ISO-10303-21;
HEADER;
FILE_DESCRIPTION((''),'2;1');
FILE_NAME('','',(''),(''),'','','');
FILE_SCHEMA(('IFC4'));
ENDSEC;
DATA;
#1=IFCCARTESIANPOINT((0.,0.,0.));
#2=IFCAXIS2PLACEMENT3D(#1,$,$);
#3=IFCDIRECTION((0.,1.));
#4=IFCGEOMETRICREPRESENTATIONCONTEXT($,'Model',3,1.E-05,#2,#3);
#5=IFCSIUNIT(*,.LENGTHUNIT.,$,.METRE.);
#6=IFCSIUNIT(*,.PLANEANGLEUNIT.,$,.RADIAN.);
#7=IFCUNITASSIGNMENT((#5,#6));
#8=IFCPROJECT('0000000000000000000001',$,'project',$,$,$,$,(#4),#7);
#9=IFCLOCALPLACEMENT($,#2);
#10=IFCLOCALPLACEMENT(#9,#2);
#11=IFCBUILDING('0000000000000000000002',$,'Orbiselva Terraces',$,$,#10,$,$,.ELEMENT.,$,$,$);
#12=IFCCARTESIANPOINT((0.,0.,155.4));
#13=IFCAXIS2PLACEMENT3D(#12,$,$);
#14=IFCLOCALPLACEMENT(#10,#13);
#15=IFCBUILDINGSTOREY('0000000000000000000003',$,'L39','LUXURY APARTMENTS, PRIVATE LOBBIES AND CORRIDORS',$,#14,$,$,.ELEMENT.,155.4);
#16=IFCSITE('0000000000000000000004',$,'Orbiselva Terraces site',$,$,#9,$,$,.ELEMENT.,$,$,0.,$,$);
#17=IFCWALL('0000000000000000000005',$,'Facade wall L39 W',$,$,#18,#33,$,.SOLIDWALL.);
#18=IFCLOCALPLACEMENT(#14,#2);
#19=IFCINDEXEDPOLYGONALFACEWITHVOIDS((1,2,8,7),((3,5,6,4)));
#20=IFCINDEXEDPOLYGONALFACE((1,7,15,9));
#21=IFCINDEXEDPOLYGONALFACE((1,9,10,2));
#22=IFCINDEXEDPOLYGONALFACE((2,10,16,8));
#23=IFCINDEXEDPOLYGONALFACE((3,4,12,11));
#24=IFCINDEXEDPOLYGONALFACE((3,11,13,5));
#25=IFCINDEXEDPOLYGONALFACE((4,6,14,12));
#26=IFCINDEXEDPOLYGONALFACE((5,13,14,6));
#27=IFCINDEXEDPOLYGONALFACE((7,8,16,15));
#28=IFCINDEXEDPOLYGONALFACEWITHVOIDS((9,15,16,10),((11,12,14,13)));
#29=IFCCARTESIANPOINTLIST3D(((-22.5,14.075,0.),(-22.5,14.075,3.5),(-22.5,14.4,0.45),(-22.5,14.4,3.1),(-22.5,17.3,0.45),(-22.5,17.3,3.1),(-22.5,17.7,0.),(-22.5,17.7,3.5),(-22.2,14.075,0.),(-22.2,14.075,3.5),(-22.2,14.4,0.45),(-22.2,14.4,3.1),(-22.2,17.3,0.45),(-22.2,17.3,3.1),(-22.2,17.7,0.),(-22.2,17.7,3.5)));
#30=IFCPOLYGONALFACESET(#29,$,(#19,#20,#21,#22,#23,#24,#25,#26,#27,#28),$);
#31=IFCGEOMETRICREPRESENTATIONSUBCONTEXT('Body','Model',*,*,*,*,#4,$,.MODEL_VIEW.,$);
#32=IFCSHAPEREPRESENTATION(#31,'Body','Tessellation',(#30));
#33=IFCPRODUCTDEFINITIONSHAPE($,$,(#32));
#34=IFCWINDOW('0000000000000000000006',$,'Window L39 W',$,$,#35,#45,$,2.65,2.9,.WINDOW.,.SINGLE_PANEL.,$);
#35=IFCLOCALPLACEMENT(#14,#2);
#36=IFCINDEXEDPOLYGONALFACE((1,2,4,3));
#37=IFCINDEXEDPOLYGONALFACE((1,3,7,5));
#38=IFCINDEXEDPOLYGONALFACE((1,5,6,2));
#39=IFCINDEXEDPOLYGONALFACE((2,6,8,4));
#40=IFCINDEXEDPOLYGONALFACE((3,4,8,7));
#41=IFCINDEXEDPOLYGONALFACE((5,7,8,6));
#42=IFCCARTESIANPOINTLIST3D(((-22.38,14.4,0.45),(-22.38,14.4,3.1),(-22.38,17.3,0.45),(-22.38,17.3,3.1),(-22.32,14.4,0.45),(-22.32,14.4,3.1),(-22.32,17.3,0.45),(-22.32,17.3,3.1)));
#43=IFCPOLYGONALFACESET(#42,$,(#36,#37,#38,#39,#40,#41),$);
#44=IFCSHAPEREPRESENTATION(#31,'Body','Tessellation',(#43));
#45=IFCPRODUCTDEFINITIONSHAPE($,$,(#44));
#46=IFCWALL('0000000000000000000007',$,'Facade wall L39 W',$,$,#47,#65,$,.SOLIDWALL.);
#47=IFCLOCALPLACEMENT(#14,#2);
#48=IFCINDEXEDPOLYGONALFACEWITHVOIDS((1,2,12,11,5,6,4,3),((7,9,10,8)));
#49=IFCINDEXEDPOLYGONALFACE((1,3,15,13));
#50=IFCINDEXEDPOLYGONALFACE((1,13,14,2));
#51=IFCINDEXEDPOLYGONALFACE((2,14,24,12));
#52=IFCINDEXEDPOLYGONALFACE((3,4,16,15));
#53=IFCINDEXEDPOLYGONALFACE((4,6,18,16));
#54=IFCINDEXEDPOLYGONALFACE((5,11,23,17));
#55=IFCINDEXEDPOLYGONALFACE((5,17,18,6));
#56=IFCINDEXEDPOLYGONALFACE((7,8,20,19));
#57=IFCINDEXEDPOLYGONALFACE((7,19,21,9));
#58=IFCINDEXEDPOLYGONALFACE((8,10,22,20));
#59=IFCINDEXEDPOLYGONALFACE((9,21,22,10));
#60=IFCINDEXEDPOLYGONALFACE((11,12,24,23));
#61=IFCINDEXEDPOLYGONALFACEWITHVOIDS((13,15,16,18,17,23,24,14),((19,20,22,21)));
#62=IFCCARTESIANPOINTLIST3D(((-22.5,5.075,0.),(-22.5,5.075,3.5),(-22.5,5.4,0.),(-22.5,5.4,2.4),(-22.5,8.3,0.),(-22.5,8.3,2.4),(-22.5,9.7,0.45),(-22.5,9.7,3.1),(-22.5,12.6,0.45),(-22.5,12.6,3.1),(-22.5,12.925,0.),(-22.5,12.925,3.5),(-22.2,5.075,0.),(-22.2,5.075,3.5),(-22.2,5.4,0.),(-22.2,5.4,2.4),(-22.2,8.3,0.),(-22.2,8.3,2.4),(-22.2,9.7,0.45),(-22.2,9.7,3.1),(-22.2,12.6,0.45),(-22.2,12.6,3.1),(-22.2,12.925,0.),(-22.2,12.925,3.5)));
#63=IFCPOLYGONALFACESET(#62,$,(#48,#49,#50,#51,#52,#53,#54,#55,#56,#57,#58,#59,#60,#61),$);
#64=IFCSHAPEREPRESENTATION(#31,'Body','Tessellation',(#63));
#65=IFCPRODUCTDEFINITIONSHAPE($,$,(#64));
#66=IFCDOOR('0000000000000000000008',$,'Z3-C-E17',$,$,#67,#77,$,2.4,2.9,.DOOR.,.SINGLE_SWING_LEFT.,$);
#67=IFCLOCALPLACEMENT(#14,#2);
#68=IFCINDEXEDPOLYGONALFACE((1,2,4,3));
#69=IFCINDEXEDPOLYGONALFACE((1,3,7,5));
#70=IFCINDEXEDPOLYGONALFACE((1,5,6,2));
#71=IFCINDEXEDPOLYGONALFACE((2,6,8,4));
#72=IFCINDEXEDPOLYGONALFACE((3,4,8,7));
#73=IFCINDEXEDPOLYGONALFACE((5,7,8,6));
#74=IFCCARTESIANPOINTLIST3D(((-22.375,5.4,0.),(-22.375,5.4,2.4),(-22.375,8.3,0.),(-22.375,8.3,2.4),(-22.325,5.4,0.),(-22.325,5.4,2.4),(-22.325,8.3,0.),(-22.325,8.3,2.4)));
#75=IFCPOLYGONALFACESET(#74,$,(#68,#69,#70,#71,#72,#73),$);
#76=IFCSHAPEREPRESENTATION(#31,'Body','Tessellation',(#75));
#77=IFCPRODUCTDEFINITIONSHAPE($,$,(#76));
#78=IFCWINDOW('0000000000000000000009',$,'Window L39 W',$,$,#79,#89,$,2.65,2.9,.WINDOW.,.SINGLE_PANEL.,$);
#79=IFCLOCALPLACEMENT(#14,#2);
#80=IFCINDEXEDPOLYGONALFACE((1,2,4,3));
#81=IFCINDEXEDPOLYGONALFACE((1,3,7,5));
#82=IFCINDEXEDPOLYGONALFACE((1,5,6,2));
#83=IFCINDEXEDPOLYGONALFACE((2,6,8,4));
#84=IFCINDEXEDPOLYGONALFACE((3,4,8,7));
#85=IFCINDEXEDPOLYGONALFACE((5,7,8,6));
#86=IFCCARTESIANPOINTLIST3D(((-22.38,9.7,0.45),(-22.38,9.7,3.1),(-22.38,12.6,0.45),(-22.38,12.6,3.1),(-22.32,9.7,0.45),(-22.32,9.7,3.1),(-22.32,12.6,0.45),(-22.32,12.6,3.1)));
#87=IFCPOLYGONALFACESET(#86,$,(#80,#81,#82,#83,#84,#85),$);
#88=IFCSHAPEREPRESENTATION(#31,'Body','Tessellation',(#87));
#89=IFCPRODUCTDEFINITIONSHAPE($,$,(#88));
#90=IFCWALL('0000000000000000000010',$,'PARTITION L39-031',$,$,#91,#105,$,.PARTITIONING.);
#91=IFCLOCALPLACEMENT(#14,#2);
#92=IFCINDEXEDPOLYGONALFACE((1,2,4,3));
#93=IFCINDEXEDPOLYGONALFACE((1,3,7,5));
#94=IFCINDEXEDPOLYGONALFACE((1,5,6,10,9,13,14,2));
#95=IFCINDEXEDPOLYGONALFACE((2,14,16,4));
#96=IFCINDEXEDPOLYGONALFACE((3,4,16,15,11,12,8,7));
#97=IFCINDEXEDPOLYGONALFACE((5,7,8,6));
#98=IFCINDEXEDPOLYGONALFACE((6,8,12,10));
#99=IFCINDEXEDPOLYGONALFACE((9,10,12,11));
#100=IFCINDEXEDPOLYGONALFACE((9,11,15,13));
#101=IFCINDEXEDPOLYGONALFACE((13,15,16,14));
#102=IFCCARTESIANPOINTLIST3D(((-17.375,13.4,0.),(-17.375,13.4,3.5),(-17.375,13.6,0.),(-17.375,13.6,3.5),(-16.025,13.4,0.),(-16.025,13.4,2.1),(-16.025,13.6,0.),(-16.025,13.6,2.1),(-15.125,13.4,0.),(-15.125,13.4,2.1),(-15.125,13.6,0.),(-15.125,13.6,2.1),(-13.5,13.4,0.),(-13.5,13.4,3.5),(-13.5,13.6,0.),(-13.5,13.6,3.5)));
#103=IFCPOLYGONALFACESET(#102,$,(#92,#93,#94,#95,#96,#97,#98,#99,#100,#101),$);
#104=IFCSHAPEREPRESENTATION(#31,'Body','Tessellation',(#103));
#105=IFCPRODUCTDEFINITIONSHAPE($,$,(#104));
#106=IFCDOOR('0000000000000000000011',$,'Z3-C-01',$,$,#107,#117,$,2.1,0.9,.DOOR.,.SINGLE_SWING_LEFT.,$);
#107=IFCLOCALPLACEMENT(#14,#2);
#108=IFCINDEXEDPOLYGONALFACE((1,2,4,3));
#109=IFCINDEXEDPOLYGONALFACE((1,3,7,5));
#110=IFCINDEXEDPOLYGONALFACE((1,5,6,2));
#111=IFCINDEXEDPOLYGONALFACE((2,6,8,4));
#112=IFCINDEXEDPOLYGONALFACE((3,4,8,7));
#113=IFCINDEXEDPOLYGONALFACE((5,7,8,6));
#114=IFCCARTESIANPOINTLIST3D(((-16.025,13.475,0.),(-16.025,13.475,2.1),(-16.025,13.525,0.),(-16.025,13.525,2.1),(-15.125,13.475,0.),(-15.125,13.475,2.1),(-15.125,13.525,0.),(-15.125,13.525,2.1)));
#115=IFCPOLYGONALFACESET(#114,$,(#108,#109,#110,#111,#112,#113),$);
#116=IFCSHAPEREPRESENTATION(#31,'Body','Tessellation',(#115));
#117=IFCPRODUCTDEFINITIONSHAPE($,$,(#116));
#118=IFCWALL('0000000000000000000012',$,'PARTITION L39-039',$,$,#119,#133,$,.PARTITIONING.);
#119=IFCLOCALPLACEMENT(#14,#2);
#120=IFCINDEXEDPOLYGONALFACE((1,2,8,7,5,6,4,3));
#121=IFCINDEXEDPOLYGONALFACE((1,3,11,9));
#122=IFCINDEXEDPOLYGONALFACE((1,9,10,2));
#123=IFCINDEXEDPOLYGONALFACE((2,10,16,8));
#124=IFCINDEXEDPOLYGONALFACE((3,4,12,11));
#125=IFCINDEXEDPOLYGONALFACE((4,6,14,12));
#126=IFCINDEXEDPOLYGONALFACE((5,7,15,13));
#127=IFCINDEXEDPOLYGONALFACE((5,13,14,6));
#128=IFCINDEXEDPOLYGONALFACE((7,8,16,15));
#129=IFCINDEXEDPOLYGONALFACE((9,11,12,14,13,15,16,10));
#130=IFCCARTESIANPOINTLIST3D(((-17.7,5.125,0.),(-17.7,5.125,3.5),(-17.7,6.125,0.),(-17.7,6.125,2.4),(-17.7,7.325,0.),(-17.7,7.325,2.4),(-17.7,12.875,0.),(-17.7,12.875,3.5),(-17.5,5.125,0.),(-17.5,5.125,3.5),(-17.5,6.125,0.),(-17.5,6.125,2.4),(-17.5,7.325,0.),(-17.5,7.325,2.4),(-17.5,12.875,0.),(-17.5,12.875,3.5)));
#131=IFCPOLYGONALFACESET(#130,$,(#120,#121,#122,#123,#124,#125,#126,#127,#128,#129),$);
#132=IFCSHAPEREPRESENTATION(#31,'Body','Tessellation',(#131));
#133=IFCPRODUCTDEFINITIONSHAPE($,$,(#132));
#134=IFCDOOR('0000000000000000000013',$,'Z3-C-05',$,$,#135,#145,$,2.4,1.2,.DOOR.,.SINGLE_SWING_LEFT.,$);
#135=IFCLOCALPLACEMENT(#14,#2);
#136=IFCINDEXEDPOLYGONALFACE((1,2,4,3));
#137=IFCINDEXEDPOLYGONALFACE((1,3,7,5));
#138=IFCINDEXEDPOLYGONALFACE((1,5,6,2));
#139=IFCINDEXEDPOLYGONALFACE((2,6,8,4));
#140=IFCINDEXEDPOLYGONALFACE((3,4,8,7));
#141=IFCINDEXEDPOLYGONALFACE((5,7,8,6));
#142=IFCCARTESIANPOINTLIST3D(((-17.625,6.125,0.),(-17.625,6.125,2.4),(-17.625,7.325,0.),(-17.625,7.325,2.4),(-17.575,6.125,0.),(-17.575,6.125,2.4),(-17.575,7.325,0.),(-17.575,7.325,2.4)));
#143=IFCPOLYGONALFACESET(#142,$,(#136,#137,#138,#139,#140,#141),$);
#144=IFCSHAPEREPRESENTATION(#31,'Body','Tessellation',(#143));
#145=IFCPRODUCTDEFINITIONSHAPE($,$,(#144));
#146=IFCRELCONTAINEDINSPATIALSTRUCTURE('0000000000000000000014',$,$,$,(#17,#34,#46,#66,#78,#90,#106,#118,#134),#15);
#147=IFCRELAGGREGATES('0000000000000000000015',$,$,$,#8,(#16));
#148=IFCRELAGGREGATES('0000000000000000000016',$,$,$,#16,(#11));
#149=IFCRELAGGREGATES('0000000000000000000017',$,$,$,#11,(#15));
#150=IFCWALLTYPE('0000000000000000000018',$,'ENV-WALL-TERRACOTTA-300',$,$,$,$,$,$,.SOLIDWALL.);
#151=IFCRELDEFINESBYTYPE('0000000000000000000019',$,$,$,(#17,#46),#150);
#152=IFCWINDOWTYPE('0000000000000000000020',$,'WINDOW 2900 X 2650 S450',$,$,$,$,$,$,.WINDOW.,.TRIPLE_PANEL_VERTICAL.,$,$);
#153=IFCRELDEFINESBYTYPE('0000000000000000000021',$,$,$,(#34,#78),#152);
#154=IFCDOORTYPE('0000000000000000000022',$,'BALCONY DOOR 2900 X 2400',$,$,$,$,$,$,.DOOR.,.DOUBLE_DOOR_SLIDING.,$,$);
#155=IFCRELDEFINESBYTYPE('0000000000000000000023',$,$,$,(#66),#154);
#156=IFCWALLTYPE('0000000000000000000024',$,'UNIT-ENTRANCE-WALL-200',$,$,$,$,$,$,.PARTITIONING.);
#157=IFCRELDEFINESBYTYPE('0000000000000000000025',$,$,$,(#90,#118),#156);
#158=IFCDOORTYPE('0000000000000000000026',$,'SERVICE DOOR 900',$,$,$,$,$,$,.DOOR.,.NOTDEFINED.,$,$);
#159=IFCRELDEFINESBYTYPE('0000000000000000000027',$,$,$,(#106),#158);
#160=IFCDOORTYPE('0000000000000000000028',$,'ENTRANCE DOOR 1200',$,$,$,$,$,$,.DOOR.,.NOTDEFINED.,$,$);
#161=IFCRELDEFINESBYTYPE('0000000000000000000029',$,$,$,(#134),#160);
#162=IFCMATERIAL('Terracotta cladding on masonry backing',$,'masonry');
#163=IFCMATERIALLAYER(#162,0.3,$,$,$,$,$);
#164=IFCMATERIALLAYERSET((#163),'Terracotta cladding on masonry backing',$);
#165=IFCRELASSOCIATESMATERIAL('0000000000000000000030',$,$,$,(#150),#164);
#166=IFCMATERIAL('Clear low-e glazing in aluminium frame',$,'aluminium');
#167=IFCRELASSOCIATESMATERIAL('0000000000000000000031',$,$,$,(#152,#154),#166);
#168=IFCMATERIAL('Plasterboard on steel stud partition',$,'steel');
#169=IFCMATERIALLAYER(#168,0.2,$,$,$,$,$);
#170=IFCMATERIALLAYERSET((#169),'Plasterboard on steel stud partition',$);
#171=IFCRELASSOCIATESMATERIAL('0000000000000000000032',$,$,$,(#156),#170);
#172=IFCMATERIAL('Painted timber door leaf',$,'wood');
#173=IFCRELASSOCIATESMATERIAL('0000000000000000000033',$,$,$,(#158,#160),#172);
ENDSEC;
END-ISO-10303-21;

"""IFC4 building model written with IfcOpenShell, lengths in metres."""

from ifc_helpers import new_model, si_unit, direction, frame, frame_2d, origin, place, context, subcontext, project, spatial, rectangle, extrude, material, layer, layer_set, type_object, element, fill, save


model = new_model("IFC4")

# Units and contexts
model_context = context("Model", 3, precision=1e-05, world=origin(), true_north=direction((0.0, 1.0)))
body_context = subcontext(model_context, "Body", "Model", "MODEL_VIEW")
ifc_project = project(units=[si_unit("LENGTHUNIT", "METRE"), si_unit("PLANEANGLEUNIT", "RADIAN")], contexts=[model_context])

# Site, building, storey
site_placement = place(None, origin())
site = spatial("IfcSite", under=ifc_project, at=site_placement, Name="Orbiselva Terraces site", CompositionType="ELEMENT", RefElevation=0.0)
building_placement = place(site_placement, origin())
building = spatial("IfcBuilding", under=site, at=building_placement, Name="Orbiselva Terraces", CompositionType="ELEMENT")
storey_placement = place(building_placement, frame((0.0, 0.0, 155.4)))
storey = spatial("IfcBuildingStorey", under=building, at=storey_placement, Name="L39", Description="LUXURY APARTMENTS, PRIVATE LOBBIES AND CORRIDORS", CompositionType="ELEMENT", Elevation=155.4)

# Shared definitions
ifc_material_1 = material(Name="Terracotta cladding on masonry backing", Category="masonry")
ifc_layer_1 = layer(ifc_material_1, 0.3)
ifc_layer_set_1 = layer_set([ifc_layer_1], Name="Terracotta cladding on masonry backing")
wall_type_1 = type_object("IfcWallType", Name="ENV-WALL-TERRACOTTA-300", PredefinedType="SOLIDWALL", material=ifc_layer_set_1)

# Wall, opening, window
wall_1_placement = place(storey_placement, frame((-22.35, 14.075, 0.0), z_axis=(0.0, 0.0, 1.0), x_axis=(0.0, 1.0, 0.0)))
wall_1 = element("IfcWall", 1, at=wall_1_placement, inside=storey, type_object=wall_type_1, Name="Facade wall L39 W", PredefinedType="SOLIDWALL", context=body_context, shape_type="SweptSolid", body=[
    extrude(rectangle(XDim=3.625, YDim=0.3, at=frame_2d((1.8125, 0.0))), origin(), (0.0, 0.0, 1.0), 3.5),
])
opening_1_placement = place(wall_1_placement, frame((0.325, 0.0, 0.45)))
opening_1 = element("IfcOpeningElement", 2, at=opening_1_placement, cuts=wall_1, PredefinedType="OPENING", context=body_context, shape_type="SweptSolid", body=[
    extrude(rectangle(XDim=2.9, YDim=2.65, at=frame_2d((1.45, 1.325))), frame((0.0, 0.16, 0.0), z_axis=(0.0, -1.0, 0.0), x_axis=(1.0, 0.0, 0.0)), (0.0, 0.0, 1.0), 0.32),
])
ifc_material_2 = material(Name="Clear low-e glazing in aluminium frame", Category="aluminium")
window_type = type_object("IfcWindowType", Name="WINDOW 2900 X 2650 S450", PartitioningType="TRIPLE_PANEL_VERTICAL", PredefinedType="WINDOW", material=ifc_material_2)
window_1_placement = place(opening_1_placement, origin())
window_1 = element("IfcWindow", 3, at=window_1_placement, inside=storey, type_object=window_type, Name="Window L39 W", OverallHeight=2.65, OverallWidth=2.9, PartitioningType="SINGLE_PANEL", PredefinedType="WINDOW", context=body_context, shape_type="SweptSolid", body=[
    extrude(rectangle(XDim=2.9, YDim=2.65, at=frame_2d((1.45, 1.325))), frame((0.0, 0.03, 0.0), z_axis=(0.0, -1.0, 0.0), x_axis=(1.0, 0.0, 0.0)), (0.0, 0.0, 1.0), 0.06),
])
fill(opening_1, window_1)

# Wall, openings, door, window
wall_2_placement = place(storey_placement, frame((-22.35, 5.075, 0.0), z_axis=(0.0, 0.0, 1.0), x_axis=(0.0, 1.0, 0.0)))
wall_2 = element("IfcWall", 4, at=wall_2_placement, inside=storey, type_object=wall_type_1, Name="Facade wall L39 W", PredefinedType="SOLIDWALL", context=body_context, shape_type="SweptSolid", body=[
    extrude(rectangle(XDim=7.85, YDim=0.3, at=frame_2d((3.925, 0.0))), origin(), (0.0, 0.0, 1.0), 3.5),
])
opening_2_placement = place(wall_2_placement, frame((4.625, 0.0, 0.45)))
opening_2 = element("IfcOpeningElement", 5, at=opening_2_placement, cuts=wall_2, PredefinedType="OPENING", context=body_context, shape_type="SweptSolid", body=[
    extrude(rectangle(XDim=2.9, YDim=2.65, at=frame_2d((1.45, 1.325))), frame((0.0, 0.16, 0.0), z_axis=(0.0, -1.0, 0.0), x_axis=(1.0, 0.0, 0.0)), (0.0, 0.0, 1.0), 0.32),
])
opening_3_placement = place(wall_2_placement, frame((0.325, 0.0, 0.0)))
opening_3 = element("IfcOpeningElement", 6, at=opening_3_placement, cuts=wall_2, PredefinedType="OPENING", context=body_context, shape_type="SweptSolid", body=[
    extrude(rectangle(XDim=2.9, YDim=2.4, at=frame_2d((1.45, 1.2))), frame((0.0, 0.16, 0.0), z_axis=(0.0, -1.0, 0.0), x_axis=(1.0, 0.0, 0.0)), (0.0, 0.0, 1.0), 0.32),
])
door_type_1 = type_object("IfcDoorType", Name="BALCONY DOOR 2900 X 2400", OperationType="DOUBLE_DOOR_SLIDING", PredefinedType="DOOR", material=ifc_material_2)
door_1_placement = place(opening_3_placement, origin())
door_1 = element("IfcDoor", 7, at=door_1_placement, inside=storey, type_object=door_type_1, Name="Z3-C-E17", OperationType="SINGLE_SWING_LEFT", OverallHeight=2.4, OverallWidth=2.9, PredefinedType="DOOR", context=body_context, shape_type="SweptSolid", body=[
    extrude(rectangle(XDim=2.9, YDim=2.4, at=frame_2d((1.45, 1.2))), frame((0.0, 0.025, 0.0), z_axis=(0.0, -1.0, 0.0), x_axis=(1.0, 0.0, 0.0)), (0.0, 0.0, 1.0), 0.05),
])
fill(opening_3, door_1)
window_2_placement = place(opening_2_placement, origin())
window_2 = element("IfcWindow", 8, at=window_2_placement, inside=storey, type_object=window_type, Name="Window L39 W", OverallHeight=2.65, OverallWidth=2.9, PartitioningType="SINGLE_PANEL", PredefinedType="WINDOW", context=body_context, shape_type="SweptSolid", body=[
    extrude(rectangle(XDim=2.9, YDim=2.65, at=frame_2d((1.45, 1.325))), frame((0.0, 0.03, 0.0), z_axis=(0.0, -1.0, 0.0), x_axis=(1.0, 0.0, 0.0)), (0.0, 0.0, 1.0), 0.06),
])
fill(opening_2, window_2)

# Walls, openings, doors
ifc_material_3 = material(Name="Plasterboard on steel stud partition", Category="steel")
ifc_layer_2 = layer(ifc_material_3, 0.2)
ifc_layer_set_2 = layer_set([ifc_layer_2], Name="Plasterboard on steel stud partition")
wall_type_2 = type_object("IfcWallType", Name="UNIT-ENTRANCE-WALL-200", PredefinedType="PARTITIONING", material=ifc_layer_set_2)
wall_3_placement = place(storey_placement, frame((-17.375, 13.5, 0.0), z_axis=(0.0, 0.0, 1.0), x_axis=(1.0, 0.0, 0.0)))
wall_3 = element("IfcWall", 9, at=wall_3_placement, inside=storey, type_object=wall_type_2, Name="PARTITION L39-031", PredefinedType="PARTITIONING", context=body_context, shape_type="SweptSolid", body=[
    extrude(rectangle(XDim=3.875, YDim=0.2, at=frame_2d((1.9375, 0.0))), origin(), (0.0, 0.0, 1.0), 3.5),
])
opening_4_placement = place(wall_3_placement, frame((1.35, 0.0, 0.0)))
opening_4 = element("IfcOpeningElement", 10, at=opening_4_placement, cuts=wall_3, PredefinedType="OPENING", context=body_context, shape_type="SweptSolid", body=[
    extrude(rectangle(XDim=0.9, YDim=2.1, at=frame_2d((0.45, 1.05))), frame((0.0, 0.11, 0.0), z_axis=(0.0, -1.0, 0.0), x_axis=(1.0, 0.0, 0.0)), (0.0, 0.0, 1.0), 0.22),
])
ifc_material_4 = material(Name="Painted timber door leaf", Category="wood")
door_type_2 = type_object("IfcDoorType", Name="SERVICE DOOR 900", OperationType="NOTDEFINED", PredefinedType="DOOR", material=ifc_material_4)
door_2_placement = place(opening_4_placement, origin())
door_2 = element("IfcDoor", 11, at=door_2_placement, inside=storey, type_object=door_type_2, Name="Z3-C-01", OperationType="SINGLE_SWING_LEFT", OverallHeight=2.1, OverallWidth=0.9, PredefinedType="DOOR", context=body_context, shape_type="SweptSolid", body=[
    extrude(rectangle(XDim=0.9, YDim=2.1, at=frame_2d((0.45, 1.05))), frame((0.0, 0.025, 0.0), z_axis=(0.0, -1.0, 0.0), x_axis=(1.0, 0.0, 0.0)), (0.0, 0.0, 1.0), 0.05),
])
fill(opening_4, door_2)
wall_4_placement = place(storey_placement, frame((-17.6, 5.125, 0.0), z_axis=(0.0, 0.0, 1.0), x_axis=(0.0, 1.0, 0.0)))
wall_4 = element("IfcWall", 12, at=wall_4_placement, inside=storey, type_object=wall_type_2, Name="PARTITION L39-039", PredefinedType="PARTITIONING", context=body_context, shape_type="SweptSolid", body=[
    extrude(rectangle(XDim=7.75, YDim=0.2, at=frame_2d((3.875, 0.0))), origin(), (0.0, 0.0, 1.0), 3.5),
])
opening_5_placement = place(wall_4_placement, frame((1.0, 0.0, 0.0)))
opening_5 = element("IfcOpeningElement", 13, at=opening_5_placement, cuts=wall_4, PredefinedType="OPENING", context=body_context, shape_type="SweptSolid", body=[
    extrude(rectangle(XDim=1.2, YDim=2.4, at=frame_2d((0.6, 1.2))), frame((0.0, 0.11, 0.0), z_axis=(0.0, -1.0, 0.0), x_axis=(1.0, 0.0, 0.0)), (0.0, 0.0, 1.0), 0.22),
])
door_type_3 = type_object("IfcDoorType", Name="ENTRANCE DOOR 1200", OperationType="NOTDEFINED", PredefinedType="DOOR", material=ifc_material_4)
door_3_placement = place(opening_5_placement, origin())
door_3 = element("IfcDoor", 14, at=door_3_placement, inside=storey, type_object=door_type_3, Name="Z3-C-05", OperationType="SINGLE_SWING_LEFT", OverallHeight=2.4, OverallWidth=1.2, PredefinedType="DOOR", context=body_context, shape_type="SweptSolid", body=[
    extrude(rectangle(XDim=1.2, YDim=2.4, at=frame_2d((0.6, 1.2))), frame((0.0, 0.025, 0.0), z_axis=(0.0, -1.0, 0.0), x_axis=(1.0, 0.0, 0.0)), (0.0, 0.0, 1.0), 0.05),
])
fill(opening_5, door_3)

save(model, "model.ifc")
